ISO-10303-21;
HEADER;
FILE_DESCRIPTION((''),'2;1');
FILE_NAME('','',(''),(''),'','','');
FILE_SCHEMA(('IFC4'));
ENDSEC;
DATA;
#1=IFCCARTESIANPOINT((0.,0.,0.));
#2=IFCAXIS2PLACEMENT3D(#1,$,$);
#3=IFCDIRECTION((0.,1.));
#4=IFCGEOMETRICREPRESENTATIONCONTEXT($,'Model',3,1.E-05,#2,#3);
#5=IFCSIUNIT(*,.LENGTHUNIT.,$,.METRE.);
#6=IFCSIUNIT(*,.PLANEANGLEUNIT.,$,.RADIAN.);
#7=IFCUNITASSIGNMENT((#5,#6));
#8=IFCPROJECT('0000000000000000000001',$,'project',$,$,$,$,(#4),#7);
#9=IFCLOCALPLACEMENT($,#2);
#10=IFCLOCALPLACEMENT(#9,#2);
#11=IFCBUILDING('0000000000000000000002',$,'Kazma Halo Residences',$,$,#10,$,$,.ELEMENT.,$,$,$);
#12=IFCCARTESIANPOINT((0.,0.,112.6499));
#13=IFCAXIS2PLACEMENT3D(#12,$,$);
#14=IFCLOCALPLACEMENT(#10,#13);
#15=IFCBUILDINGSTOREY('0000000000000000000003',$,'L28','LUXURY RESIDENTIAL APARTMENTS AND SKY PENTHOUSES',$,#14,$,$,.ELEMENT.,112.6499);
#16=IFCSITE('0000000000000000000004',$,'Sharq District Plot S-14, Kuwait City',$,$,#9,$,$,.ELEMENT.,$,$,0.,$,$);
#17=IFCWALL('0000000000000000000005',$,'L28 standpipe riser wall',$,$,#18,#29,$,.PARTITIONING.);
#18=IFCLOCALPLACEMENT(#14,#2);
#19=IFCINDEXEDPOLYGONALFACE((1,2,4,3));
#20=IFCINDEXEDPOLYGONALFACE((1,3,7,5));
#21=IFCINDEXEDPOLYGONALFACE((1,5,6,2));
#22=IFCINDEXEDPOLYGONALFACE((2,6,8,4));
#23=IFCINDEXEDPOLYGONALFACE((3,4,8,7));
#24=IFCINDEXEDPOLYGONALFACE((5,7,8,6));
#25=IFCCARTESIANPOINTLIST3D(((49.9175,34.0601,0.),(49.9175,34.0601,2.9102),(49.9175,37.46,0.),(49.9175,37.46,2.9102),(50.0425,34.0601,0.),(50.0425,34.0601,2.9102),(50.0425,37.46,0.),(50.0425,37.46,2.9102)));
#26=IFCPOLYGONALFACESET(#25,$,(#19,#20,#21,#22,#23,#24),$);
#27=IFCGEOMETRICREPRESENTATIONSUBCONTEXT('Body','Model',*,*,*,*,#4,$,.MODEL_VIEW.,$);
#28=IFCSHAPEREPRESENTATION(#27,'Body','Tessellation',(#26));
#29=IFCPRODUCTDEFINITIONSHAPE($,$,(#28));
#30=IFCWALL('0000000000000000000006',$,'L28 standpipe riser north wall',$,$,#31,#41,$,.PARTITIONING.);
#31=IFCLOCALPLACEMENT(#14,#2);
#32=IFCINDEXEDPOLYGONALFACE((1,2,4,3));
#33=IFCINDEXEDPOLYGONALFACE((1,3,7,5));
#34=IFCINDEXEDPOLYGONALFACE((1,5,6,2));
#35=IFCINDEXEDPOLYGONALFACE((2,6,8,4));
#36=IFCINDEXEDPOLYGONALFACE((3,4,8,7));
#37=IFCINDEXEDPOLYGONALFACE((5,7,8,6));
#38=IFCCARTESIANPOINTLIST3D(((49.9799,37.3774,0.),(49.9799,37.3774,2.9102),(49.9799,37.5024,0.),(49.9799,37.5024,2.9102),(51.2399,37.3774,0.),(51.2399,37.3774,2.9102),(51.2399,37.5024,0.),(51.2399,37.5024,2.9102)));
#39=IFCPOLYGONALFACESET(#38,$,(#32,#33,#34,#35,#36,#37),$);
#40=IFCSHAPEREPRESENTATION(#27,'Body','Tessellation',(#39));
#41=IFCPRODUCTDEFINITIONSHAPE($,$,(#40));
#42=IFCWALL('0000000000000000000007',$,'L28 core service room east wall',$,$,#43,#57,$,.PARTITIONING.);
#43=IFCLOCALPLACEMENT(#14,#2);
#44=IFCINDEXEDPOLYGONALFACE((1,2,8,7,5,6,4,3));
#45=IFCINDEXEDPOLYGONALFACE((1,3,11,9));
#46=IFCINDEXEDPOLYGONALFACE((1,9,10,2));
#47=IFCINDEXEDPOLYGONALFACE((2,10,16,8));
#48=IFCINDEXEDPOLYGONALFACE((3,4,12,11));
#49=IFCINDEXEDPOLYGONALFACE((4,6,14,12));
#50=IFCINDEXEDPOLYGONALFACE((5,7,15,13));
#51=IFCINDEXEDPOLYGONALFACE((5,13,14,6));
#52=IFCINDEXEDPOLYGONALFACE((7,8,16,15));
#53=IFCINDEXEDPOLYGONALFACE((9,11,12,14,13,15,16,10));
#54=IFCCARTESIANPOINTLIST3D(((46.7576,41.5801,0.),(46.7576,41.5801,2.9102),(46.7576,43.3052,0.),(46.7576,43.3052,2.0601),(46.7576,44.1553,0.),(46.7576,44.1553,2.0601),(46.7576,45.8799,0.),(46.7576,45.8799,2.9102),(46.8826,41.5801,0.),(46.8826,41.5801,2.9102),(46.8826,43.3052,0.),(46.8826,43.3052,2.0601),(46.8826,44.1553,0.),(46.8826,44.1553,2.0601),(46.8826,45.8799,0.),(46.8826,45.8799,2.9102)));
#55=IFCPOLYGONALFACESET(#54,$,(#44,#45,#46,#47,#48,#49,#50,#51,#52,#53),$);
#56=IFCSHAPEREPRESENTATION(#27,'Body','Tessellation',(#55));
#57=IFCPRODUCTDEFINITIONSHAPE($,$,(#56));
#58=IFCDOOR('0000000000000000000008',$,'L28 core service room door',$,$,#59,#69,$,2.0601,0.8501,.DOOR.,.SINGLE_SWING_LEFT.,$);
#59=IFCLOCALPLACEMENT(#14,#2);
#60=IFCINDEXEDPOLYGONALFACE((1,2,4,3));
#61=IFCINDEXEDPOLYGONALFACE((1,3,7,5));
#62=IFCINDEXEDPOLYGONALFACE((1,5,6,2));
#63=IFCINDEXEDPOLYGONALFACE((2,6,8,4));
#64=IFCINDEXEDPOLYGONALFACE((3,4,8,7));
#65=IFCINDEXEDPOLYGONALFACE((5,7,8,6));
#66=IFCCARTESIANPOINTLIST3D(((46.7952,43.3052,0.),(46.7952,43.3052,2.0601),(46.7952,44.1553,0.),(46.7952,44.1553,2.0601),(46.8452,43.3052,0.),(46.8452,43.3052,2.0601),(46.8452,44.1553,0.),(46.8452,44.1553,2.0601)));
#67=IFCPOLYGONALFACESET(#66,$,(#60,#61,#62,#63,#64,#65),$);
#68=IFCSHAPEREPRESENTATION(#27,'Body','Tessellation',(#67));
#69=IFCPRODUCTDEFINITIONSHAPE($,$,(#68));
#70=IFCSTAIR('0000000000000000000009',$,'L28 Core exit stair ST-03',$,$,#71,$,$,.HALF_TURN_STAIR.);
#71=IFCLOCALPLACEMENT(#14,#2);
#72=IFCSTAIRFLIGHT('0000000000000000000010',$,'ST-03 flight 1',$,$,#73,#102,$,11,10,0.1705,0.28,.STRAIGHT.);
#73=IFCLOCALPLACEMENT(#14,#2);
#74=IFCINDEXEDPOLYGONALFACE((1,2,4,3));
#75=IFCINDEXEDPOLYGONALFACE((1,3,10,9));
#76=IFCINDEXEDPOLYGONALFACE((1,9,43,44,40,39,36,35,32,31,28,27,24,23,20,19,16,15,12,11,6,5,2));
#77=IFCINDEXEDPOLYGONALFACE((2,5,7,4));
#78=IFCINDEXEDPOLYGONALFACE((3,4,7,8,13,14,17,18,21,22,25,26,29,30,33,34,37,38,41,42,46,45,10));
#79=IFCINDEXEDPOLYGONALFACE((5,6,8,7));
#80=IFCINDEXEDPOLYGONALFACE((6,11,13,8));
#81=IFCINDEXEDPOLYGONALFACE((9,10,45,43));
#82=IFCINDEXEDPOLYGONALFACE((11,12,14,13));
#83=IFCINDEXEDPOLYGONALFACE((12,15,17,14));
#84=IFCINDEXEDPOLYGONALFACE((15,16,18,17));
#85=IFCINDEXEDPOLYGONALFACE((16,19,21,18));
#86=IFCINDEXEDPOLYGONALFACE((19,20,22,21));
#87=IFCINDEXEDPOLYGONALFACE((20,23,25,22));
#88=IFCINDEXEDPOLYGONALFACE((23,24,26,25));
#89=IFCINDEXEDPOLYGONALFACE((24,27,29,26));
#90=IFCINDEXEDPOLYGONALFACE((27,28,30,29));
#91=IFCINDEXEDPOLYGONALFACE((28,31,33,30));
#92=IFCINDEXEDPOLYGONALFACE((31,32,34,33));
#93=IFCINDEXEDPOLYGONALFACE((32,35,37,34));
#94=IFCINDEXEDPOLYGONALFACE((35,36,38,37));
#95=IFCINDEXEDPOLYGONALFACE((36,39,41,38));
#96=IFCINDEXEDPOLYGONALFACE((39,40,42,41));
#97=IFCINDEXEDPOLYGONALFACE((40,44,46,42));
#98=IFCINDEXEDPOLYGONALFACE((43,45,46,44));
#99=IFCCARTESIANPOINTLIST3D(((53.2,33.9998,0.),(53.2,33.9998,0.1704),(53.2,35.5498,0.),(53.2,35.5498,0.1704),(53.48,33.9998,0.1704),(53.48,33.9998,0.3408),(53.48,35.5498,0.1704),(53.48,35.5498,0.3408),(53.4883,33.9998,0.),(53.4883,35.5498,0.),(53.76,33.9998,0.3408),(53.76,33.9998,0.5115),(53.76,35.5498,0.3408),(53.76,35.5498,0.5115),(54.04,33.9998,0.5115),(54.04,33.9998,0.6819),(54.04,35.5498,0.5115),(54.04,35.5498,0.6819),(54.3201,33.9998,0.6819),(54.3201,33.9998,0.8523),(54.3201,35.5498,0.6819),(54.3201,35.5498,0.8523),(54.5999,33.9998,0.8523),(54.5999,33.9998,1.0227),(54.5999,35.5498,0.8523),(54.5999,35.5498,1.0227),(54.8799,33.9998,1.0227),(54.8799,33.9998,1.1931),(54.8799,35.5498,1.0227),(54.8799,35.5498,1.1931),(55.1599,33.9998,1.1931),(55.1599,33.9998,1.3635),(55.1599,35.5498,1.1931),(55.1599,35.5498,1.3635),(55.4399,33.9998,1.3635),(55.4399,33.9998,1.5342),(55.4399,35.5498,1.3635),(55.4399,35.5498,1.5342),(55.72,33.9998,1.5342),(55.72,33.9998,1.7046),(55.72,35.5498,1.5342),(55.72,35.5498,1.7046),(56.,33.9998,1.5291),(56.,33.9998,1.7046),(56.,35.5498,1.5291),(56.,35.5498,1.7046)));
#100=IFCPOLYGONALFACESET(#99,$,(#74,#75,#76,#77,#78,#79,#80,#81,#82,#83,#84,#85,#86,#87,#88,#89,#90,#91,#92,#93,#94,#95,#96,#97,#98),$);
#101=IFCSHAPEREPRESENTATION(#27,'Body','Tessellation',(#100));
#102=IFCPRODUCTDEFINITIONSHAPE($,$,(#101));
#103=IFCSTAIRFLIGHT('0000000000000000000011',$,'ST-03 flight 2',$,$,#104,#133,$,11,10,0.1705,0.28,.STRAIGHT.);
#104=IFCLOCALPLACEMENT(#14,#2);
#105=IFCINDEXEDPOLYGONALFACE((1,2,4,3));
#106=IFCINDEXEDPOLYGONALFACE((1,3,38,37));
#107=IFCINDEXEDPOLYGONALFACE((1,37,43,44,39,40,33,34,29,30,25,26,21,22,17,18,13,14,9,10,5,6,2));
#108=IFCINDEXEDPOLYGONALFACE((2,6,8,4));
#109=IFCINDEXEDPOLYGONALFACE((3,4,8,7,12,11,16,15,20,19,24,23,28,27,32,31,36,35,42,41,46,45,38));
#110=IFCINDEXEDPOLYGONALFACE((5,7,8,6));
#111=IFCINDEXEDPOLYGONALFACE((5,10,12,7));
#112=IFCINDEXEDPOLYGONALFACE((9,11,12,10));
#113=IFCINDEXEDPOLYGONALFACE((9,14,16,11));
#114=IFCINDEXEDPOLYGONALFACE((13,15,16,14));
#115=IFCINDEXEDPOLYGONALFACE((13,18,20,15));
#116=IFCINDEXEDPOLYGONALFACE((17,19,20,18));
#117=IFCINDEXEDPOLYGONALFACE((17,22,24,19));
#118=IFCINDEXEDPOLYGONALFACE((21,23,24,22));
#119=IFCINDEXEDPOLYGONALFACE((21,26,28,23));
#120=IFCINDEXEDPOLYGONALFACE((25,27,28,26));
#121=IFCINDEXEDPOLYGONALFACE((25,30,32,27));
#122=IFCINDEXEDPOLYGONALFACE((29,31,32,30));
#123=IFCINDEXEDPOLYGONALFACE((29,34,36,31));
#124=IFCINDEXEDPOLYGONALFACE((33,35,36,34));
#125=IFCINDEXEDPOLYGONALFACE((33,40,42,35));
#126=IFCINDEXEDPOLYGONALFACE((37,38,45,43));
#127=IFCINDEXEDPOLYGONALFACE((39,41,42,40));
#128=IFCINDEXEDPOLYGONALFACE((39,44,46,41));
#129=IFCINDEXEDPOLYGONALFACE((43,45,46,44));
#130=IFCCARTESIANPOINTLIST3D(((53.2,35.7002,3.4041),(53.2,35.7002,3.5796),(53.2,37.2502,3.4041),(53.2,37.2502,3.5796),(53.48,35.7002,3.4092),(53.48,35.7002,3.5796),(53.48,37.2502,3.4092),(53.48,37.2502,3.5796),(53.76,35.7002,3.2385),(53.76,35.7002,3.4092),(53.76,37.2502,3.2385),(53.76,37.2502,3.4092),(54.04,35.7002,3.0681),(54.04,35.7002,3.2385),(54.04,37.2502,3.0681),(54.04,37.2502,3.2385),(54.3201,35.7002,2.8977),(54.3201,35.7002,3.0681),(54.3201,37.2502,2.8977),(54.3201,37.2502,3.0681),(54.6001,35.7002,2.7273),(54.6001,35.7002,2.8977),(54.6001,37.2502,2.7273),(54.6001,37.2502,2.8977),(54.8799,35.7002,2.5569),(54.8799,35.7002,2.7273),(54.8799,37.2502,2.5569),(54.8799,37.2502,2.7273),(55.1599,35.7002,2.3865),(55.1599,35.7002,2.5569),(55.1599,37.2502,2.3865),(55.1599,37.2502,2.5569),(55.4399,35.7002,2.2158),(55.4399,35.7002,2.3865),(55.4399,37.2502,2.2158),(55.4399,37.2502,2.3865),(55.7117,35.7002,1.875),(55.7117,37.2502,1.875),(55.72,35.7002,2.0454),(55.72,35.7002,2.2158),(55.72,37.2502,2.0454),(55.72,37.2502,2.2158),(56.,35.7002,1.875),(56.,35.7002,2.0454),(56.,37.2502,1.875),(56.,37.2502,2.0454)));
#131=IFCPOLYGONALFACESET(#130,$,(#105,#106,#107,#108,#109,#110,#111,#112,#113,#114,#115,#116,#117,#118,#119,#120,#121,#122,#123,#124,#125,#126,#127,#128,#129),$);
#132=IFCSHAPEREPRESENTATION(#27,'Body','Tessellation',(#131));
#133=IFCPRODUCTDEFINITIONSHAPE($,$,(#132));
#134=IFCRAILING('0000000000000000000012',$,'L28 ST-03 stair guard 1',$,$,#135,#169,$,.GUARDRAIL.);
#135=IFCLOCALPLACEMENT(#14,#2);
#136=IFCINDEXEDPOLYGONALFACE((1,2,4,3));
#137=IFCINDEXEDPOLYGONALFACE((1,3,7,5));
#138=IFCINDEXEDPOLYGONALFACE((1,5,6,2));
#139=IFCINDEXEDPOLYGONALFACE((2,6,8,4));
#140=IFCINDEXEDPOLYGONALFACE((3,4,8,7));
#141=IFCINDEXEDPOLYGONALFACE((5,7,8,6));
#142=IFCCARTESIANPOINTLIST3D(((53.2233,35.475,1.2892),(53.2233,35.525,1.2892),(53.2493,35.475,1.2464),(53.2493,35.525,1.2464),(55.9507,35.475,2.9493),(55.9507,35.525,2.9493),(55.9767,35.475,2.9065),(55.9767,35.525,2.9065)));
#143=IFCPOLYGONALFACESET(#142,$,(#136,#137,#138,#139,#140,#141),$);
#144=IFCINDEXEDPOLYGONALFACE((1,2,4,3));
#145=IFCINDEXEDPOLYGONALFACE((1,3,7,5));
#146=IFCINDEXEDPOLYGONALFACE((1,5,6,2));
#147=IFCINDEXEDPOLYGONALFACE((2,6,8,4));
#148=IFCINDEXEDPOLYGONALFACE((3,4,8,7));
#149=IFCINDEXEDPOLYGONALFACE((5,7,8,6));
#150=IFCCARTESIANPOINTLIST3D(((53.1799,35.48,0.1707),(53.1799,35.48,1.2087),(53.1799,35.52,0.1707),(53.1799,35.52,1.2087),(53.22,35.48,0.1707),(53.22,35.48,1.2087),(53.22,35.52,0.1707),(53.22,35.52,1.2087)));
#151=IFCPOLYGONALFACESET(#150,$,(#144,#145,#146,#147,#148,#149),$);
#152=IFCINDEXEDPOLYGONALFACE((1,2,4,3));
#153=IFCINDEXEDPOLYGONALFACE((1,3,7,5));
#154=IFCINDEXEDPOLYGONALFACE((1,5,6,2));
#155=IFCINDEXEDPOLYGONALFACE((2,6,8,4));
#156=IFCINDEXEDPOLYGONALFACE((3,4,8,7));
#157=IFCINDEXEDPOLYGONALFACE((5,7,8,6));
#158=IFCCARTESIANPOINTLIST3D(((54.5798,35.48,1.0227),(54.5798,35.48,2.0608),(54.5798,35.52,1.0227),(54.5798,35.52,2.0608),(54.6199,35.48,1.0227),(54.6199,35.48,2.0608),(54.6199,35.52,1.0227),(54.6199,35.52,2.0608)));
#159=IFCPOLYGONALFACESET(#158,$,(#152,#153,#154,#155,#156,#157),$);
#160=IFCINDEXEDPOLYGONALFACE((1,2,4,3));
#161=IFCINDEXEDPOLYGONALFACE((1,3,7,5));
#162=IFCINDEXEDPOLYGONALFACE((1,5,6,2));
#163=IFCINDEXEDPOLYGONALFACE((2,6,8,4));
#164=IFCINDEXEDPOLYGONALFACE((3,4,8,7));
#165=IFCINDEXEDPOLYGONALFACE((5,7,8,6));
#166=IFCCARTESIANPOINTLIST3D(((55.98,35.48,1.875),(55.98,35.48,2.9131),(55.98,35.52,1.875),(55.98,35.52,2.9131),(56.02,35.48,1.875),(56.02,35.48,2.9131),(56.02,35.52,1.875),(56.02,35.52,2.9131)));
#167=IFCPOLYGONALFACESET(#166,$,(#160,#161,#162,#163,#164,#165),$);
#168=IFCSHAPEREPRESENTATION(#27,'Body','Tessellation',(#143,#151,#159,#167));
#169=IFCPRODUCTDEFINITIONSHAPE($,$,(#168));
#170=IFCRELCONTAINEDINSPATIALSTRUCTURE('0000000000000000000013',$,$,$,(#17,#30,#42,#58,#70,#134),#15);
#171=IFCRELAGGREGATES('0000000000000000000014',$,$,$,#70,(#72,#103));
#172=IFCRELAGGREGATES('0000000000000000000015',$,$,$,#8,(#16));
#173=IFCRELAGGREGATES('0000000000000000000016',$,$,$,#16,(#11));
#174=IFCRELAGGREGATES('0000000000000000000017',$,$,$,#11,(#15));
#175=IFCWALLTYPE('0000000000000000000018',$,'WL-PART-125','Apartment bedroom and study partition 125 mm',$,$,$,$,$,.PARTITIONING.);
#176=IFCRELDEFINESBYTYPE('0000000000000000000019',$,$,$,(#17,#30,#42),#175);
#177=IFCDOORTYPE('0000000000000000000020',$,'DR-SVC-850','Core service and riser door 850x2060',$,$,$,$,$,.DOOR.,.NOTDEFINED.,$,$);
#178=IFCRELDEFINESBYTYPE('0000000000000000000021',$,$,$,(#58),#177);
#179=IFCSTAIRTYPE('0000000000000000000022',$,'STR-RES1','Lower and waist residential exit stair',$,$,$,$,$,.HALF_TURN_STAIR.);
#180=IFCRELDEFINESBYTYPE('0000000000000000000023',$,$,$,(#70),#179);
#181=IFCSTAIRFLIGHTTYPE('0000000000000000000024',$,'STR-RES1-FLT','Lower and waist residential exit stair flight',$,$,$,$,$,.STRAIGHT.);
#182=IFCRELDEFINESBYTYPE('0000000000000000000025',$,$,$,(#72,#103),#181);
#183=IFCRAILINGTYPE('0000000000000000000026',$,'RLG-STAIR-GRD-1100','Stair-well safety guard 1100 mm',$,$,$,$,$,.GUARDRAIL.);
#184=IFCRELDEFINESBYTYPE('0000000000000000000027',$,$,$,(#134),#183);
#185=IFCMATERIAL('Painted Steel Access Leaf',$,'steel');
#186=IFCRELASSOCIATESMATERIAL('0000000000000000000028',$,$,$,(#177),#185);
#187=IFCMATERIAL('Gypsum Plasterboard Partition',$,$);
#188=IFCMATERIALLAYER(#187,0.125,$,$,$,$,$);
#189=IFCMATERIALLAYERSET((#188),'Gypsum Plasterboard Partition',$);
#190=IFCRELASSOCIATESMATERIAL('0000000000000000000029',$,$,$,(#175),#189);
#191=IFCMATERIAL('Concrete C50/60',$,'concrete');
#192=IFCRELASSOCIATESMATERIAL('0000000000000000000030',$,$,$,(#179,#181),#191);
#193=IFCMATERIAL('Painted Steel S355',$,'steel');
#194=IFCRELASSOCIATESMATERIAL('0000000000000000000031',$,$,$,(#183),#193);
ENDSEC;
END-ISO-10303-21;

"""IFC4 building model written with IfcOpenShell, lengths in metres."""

from ifc_helpers import new_model, si_unit, direction, frame, frame_2d, origin, origin_2d, place, context, subcontext, project, spatial, polyline, rectangle, outline, extrude, material, layer, layer_set, type_object, element, fill, aggregate, save


model = new_model("IFC4")

# Units and contexts
model_context = context("Model", 3, precision=1e-05, world=origin(), true_north=direction((0.0, 1.0)))
body_context = subcontext(model_context, "Body", "Model", "MODEL_VIEW")
ifc_project = project(units=[si_unit("LENGTHUNIT", "METRE"), si_unit("PLANEANGLEUNIT", "RADIAN")], contexts=[model_context])

# Site, building, storey
site_placement = place(None, origin())
site = spatial("IfcSite", under=ifc_project, at=site_placement, Name="Sharq District Plot S-14, Kuwait City", CompositionType="ELEMENT", RefElevation=0.0)
building_placement = place(site_placement, origin())
building = spatial("IfcBuilding", under=site, at=building_placement, Name="Kazma Halo Residences", CompositionType="ELEMENT")
storey_placement = place(building_placement, frame((0.0, 0.0, 112.6499)))
storey = spatial("IfcBuildingStorey", under=building, at=storey_placement, Name="L28", Description="LUXURY RESIDENTIAL APARTMENTS AND SKY PENTHOUSES", CompositionType="ELEMENT", Elevation=112.6499)

# Shared definitions
ifc_material_1 = material(Name="Painted Steel Access Leaf", Category="steel")
door_type_1 = type_object("IfcDoorType", Name="DR-SVC-850", Description="Core service and riser door 850x2060", OperationType="NOTDEFINED", PredefinedType="DOOR", material=ifc_material_1)

# Walls
ifc_material_2 = material(Name="Gypsum Plasterboard Partition")
ifc_layer_1 = layer(ifc_material_2, 0.125)
ifc_layer_set_1 = layer_set([ifc_layer_1], Name="Gypsum Plasterboard Partition")
wall_type_1 = type_object("IfcWallType", Name="WL-PART-125", Description="Apartment bedroom and study partition 125 mm", PredefinedType="PARTITIONING", material=ifc_layer_set_1)
wall_1_placement = place(storey_placement, frame((49.98, 34.0601, 0.0), z_axis=(0.0, 0.0, 1.0), x_axis=(0.0, 1.0, 0.0)))
element("IfcWall", 1, at=wall_1_placement, inside=storey, type_object=wall_type_1, Name="L28 standpipe riser wall", PredefinedType="PARTITIONING", context=body_context, shape_type="SweptSolid", body=[
    extrude(rectangle(XDim=3.3999, YDim=0.125, at=frame_2d((1.7, 0.0))), origin(), (0.0, 0.0, 1.0), 2.9102),
])
wall_2_placement = place(storey_placement, frame((49.98, 37.4399, 0.0), z_axis=(0.0, 0.0, 1.0), x_axis=(1.0, 0.0, 0.0)))
element("IfcWall", 2, at=wall_2_placement, inside=storey, type_object=wall_type_1, Name="L28 standpipe riser north wall", PredefinedType="PARTITIONING", context=body_context, shape_type="SweptSolid", body=[
    extrude(rectangle(XDim=1.26, YDim=0.125, at=frame_2d((0.6299, 0.0))), origin(), (0.0, 0.0, 1.0), 2.9102),
])

# Wall, opening, door
wall_3_placement = place(storey_placement, frame((46.8201, 41.5801, 0.0), z_axis=(0.0, 0.0, 1.0), x_axis=(0.0, 1.0, 0.0)))
wall_3 = element("IfcWall", 3, at=wall_3_placement, inside=storey, type_object=wall_type_1, Name="L28 core service room east wall", PredefinedType="PARTITIONING", context=body_context, shape_type="SweptSolid", body=[
    extrude(rectangle(XDim=4.2998, YDim=0.125, at=frame_2d((2.1499, 0.0))), origin(), (0.0, 0.0, 1.0), 2.9102),
])
opening_1_placement = place(wall_3_placement, frame((1.7251, 0.0, 0.0)))
opening_1 = element("IfcOpeningElement", 4, at=opening_1_placement, cuts=wall_3, PredefinedType="OPENING", context=body_context, shape_type="SweptSolid", body=[
    extrude(rectangle(XDim=0.8501, YDim=2.0601, at=frame_2d((0.425, 1.03))), frame((0.0, 0.0725, 0.0), z_axis=(0.0, -1.0, 0.0), x_axis=(1.0, 0.0, 0.0)), (0.0, 0.0, 1.0), 0.145),
])
door_1_placement = place(opening_1_placement, origin())
door_1 = element("IfcDoor", 5, at=door_1_placement, inside=storey, type_object=door_type_1, Name="L28 core service room door", OperationType="SINGLE_SWING_LEFT", OverallHeight=2.0601, OverallWidth=0.8501, PredefinedType="DOOR", context=body_context, shape_type="SweptSolid", body=[
    extrude(rectangle(XDim=0.8501, YDim=2.0601, at=frame_2d((0.425, 1.03))), frame((0.0, 0.0249, 0.0), z_axis=(0.0, -1.0, 0.0), x_axis=(1.0, 0.0, 0.0)), (0.0, 0.0, 1.0), 0.05),
])
fill(opening_1, door_1)
ifc_material_3 = material(Name="Concrete C50/60", Category="concrete")

# Stair, stair flights
stair_type = type_object("IfcStairType", Name="STR-RES1", Description="Lower and waist residential exit stair", PredefinedType="HALF_TURN_STAIR", material=ifc_material_3)
stair_placement = place(storey_placement, origin())
stair = element("IfcStair", 6, at=stair_placement, inside=storey, type_object=stair_type, Name="L28 Core exit stair ST-03", PredefinedType="HALF_TURN_STAIR")
stair_flight_type = type_object("IfcStairFlightType", Name="STR-RES1-FLT", Description="Lower and waist residential exit stair flight", PredefinedType="STRAIGHT", material=ifc_material_3)
stair_flight_1_placement = place(storey_placement, frame((53.2, 34.7749, 0.0), z_axis=(0.0, 0.0, 1.0), x_axis=(1.0, 0.0, 0.0)))
stair_flight_1 = element("IfcStairFlight", 7, at=stair_flight_1_placement, type_object=stair_flight_type, Name="ST-03 flight 1", NumberOfRisers=11, NumberOfTreads=10, PredefinedType="STRAIGHT", RiserHeight=0.1705, TreadLength=0.28, context=body_context, shape_type="SweptSolid", body=[
    extrude(outline(polyline([(0.0, 0.0), (0.0, 0.1704), (0.28, 0.1704), (0.28, 0.3408), (0.5601, 0.3408), (0.5601, 0.5115), (0.8401, 0.5115), (0.8401, 0.6819), (1.1201, 0.6819), (1.1201, 0.8523), (1.3999, 0.8523), (1.3999, 1.0227), (1.6799, 1.0227), (1.6799, 1.1931), (1.96, 1.1931), (1.96, 1.3635), (2.24, 1.3635), (2.24, 1.5342), (2.52, 1.5342), (2.52, 1.7046), (2.8, 1.7046), (2.8, 1.875), (2.8, 1.5291), (0.2883, 0.0), (0.0, 0.0)])), frame((0.0, 0.7749, 0.0), z_axis=(0.0, -1.0, 0.0), x_axis=(1.0, 0.0, 0.0)), (0.0, 0.0, 1.0), 1.55),
])
stair_flight_2_placement = place(storey_placement, frame((56.0, 36.4751, 1.875), z_axis=(0.0, 0.0, 1.0), x_axis=(-1.0, 0.0, 0.0)))
stair_flight_2 = element("IfcStairFlight", 8, at=stair_flight_2_placement, type_object=stair_flight_type, Name="ST-03 flight 2", NumberOfRisers=11, NumberOfTreads=10, PredefinedType="STRAIGHT", RiserHeight=0.1705, TreadLength=0.28, context=body_context, shape_type="SweptSolid", body=[
    extrude(outline(polyline([(0.0, 0.0), (0.0, 0.1704), (0.28, 0.1704), (0.28, 0.3408), (0.5601, 0.3408), (0.5601, 0.5115), (0.8401, 0.5115), (0.8401, 0.6819), (1.1201, 0.6819), (1.1201, 0.8523), (1.3999, 0.8523), (1.3999, 1.0227), (1.6799, 1.0227), (1.6799, 1.1931), (1.96, 1.1931), (1.96, 1.3635), (2.24, 1.3635), (2.24, 1.5342), (2.52, 1.5342), (2.52, 1.7046), (2.8, 1.7046), (2.8, 1.875), (2.8, 1.5291), (0.2883, 0.0), (0.0, 0.0)])), frame((0.0, 0.7749, 0.0), z_axis=(0.0, -1.0, 0.0), x_axis=(1.0, 0.0, 0.0)), (0.0, 0.0, 1.0), 1.55),
])
aggregate(stair, [stair_flight_1, stair_flight_2])

# Railing
ifc_material_4 = material(Name="Painted Steel S355", Category="steel")
railing_type_1 = type_object("IfcRailingType", Name="RLG-STAIR-GRD-1100", Description="Stair-well safety guard 1100 mm", PredefinedType="GUARDRAIL", material=ifc_material_4)
railing_1_placement = place(storey_placement, frame((53.2, 35.5, 0.1707)))
element("IfcRailing", 9, at=railing_1_placement, inside=storey, type_object=railing_type_1, Name="L28 ST-03 stair guard 1", PredefinedType="GUARDRAIL", context=body_context, shape_type="SweptSolid", body=[
    extrude(rectangle(XDim=0.05, YDim=0.05, at=origin_2d()), frame((0.0364, 0.0, 1.0972), z_axis=(0.854203, 0.0, 0.51994), x_axis=(0.0, 1.0, 0.0)), (0.0, 0.0, 1.0), 3.1929),
    extrude(rectangle(XDim=0.04, YDim=0.04, at=origin_2d()), origin(), (0.0, 0.0, 1.0), 1.0381),
    extrude(rectangle(XDim=0.04, YDim=0.04, at=origin_2d()), frame((1.3999, 0.0, 0.8521)), (0.0, 0.0, 1.0), 1.0381),
    extrude(rectangle(XDim=0.04, YDim=0.04, at=origin_2d()), frame((2.8, 0.0, 1.7043)), (0.0, 0.0, 1.0), 1.0381),
])

save(model, "model.ifc")
